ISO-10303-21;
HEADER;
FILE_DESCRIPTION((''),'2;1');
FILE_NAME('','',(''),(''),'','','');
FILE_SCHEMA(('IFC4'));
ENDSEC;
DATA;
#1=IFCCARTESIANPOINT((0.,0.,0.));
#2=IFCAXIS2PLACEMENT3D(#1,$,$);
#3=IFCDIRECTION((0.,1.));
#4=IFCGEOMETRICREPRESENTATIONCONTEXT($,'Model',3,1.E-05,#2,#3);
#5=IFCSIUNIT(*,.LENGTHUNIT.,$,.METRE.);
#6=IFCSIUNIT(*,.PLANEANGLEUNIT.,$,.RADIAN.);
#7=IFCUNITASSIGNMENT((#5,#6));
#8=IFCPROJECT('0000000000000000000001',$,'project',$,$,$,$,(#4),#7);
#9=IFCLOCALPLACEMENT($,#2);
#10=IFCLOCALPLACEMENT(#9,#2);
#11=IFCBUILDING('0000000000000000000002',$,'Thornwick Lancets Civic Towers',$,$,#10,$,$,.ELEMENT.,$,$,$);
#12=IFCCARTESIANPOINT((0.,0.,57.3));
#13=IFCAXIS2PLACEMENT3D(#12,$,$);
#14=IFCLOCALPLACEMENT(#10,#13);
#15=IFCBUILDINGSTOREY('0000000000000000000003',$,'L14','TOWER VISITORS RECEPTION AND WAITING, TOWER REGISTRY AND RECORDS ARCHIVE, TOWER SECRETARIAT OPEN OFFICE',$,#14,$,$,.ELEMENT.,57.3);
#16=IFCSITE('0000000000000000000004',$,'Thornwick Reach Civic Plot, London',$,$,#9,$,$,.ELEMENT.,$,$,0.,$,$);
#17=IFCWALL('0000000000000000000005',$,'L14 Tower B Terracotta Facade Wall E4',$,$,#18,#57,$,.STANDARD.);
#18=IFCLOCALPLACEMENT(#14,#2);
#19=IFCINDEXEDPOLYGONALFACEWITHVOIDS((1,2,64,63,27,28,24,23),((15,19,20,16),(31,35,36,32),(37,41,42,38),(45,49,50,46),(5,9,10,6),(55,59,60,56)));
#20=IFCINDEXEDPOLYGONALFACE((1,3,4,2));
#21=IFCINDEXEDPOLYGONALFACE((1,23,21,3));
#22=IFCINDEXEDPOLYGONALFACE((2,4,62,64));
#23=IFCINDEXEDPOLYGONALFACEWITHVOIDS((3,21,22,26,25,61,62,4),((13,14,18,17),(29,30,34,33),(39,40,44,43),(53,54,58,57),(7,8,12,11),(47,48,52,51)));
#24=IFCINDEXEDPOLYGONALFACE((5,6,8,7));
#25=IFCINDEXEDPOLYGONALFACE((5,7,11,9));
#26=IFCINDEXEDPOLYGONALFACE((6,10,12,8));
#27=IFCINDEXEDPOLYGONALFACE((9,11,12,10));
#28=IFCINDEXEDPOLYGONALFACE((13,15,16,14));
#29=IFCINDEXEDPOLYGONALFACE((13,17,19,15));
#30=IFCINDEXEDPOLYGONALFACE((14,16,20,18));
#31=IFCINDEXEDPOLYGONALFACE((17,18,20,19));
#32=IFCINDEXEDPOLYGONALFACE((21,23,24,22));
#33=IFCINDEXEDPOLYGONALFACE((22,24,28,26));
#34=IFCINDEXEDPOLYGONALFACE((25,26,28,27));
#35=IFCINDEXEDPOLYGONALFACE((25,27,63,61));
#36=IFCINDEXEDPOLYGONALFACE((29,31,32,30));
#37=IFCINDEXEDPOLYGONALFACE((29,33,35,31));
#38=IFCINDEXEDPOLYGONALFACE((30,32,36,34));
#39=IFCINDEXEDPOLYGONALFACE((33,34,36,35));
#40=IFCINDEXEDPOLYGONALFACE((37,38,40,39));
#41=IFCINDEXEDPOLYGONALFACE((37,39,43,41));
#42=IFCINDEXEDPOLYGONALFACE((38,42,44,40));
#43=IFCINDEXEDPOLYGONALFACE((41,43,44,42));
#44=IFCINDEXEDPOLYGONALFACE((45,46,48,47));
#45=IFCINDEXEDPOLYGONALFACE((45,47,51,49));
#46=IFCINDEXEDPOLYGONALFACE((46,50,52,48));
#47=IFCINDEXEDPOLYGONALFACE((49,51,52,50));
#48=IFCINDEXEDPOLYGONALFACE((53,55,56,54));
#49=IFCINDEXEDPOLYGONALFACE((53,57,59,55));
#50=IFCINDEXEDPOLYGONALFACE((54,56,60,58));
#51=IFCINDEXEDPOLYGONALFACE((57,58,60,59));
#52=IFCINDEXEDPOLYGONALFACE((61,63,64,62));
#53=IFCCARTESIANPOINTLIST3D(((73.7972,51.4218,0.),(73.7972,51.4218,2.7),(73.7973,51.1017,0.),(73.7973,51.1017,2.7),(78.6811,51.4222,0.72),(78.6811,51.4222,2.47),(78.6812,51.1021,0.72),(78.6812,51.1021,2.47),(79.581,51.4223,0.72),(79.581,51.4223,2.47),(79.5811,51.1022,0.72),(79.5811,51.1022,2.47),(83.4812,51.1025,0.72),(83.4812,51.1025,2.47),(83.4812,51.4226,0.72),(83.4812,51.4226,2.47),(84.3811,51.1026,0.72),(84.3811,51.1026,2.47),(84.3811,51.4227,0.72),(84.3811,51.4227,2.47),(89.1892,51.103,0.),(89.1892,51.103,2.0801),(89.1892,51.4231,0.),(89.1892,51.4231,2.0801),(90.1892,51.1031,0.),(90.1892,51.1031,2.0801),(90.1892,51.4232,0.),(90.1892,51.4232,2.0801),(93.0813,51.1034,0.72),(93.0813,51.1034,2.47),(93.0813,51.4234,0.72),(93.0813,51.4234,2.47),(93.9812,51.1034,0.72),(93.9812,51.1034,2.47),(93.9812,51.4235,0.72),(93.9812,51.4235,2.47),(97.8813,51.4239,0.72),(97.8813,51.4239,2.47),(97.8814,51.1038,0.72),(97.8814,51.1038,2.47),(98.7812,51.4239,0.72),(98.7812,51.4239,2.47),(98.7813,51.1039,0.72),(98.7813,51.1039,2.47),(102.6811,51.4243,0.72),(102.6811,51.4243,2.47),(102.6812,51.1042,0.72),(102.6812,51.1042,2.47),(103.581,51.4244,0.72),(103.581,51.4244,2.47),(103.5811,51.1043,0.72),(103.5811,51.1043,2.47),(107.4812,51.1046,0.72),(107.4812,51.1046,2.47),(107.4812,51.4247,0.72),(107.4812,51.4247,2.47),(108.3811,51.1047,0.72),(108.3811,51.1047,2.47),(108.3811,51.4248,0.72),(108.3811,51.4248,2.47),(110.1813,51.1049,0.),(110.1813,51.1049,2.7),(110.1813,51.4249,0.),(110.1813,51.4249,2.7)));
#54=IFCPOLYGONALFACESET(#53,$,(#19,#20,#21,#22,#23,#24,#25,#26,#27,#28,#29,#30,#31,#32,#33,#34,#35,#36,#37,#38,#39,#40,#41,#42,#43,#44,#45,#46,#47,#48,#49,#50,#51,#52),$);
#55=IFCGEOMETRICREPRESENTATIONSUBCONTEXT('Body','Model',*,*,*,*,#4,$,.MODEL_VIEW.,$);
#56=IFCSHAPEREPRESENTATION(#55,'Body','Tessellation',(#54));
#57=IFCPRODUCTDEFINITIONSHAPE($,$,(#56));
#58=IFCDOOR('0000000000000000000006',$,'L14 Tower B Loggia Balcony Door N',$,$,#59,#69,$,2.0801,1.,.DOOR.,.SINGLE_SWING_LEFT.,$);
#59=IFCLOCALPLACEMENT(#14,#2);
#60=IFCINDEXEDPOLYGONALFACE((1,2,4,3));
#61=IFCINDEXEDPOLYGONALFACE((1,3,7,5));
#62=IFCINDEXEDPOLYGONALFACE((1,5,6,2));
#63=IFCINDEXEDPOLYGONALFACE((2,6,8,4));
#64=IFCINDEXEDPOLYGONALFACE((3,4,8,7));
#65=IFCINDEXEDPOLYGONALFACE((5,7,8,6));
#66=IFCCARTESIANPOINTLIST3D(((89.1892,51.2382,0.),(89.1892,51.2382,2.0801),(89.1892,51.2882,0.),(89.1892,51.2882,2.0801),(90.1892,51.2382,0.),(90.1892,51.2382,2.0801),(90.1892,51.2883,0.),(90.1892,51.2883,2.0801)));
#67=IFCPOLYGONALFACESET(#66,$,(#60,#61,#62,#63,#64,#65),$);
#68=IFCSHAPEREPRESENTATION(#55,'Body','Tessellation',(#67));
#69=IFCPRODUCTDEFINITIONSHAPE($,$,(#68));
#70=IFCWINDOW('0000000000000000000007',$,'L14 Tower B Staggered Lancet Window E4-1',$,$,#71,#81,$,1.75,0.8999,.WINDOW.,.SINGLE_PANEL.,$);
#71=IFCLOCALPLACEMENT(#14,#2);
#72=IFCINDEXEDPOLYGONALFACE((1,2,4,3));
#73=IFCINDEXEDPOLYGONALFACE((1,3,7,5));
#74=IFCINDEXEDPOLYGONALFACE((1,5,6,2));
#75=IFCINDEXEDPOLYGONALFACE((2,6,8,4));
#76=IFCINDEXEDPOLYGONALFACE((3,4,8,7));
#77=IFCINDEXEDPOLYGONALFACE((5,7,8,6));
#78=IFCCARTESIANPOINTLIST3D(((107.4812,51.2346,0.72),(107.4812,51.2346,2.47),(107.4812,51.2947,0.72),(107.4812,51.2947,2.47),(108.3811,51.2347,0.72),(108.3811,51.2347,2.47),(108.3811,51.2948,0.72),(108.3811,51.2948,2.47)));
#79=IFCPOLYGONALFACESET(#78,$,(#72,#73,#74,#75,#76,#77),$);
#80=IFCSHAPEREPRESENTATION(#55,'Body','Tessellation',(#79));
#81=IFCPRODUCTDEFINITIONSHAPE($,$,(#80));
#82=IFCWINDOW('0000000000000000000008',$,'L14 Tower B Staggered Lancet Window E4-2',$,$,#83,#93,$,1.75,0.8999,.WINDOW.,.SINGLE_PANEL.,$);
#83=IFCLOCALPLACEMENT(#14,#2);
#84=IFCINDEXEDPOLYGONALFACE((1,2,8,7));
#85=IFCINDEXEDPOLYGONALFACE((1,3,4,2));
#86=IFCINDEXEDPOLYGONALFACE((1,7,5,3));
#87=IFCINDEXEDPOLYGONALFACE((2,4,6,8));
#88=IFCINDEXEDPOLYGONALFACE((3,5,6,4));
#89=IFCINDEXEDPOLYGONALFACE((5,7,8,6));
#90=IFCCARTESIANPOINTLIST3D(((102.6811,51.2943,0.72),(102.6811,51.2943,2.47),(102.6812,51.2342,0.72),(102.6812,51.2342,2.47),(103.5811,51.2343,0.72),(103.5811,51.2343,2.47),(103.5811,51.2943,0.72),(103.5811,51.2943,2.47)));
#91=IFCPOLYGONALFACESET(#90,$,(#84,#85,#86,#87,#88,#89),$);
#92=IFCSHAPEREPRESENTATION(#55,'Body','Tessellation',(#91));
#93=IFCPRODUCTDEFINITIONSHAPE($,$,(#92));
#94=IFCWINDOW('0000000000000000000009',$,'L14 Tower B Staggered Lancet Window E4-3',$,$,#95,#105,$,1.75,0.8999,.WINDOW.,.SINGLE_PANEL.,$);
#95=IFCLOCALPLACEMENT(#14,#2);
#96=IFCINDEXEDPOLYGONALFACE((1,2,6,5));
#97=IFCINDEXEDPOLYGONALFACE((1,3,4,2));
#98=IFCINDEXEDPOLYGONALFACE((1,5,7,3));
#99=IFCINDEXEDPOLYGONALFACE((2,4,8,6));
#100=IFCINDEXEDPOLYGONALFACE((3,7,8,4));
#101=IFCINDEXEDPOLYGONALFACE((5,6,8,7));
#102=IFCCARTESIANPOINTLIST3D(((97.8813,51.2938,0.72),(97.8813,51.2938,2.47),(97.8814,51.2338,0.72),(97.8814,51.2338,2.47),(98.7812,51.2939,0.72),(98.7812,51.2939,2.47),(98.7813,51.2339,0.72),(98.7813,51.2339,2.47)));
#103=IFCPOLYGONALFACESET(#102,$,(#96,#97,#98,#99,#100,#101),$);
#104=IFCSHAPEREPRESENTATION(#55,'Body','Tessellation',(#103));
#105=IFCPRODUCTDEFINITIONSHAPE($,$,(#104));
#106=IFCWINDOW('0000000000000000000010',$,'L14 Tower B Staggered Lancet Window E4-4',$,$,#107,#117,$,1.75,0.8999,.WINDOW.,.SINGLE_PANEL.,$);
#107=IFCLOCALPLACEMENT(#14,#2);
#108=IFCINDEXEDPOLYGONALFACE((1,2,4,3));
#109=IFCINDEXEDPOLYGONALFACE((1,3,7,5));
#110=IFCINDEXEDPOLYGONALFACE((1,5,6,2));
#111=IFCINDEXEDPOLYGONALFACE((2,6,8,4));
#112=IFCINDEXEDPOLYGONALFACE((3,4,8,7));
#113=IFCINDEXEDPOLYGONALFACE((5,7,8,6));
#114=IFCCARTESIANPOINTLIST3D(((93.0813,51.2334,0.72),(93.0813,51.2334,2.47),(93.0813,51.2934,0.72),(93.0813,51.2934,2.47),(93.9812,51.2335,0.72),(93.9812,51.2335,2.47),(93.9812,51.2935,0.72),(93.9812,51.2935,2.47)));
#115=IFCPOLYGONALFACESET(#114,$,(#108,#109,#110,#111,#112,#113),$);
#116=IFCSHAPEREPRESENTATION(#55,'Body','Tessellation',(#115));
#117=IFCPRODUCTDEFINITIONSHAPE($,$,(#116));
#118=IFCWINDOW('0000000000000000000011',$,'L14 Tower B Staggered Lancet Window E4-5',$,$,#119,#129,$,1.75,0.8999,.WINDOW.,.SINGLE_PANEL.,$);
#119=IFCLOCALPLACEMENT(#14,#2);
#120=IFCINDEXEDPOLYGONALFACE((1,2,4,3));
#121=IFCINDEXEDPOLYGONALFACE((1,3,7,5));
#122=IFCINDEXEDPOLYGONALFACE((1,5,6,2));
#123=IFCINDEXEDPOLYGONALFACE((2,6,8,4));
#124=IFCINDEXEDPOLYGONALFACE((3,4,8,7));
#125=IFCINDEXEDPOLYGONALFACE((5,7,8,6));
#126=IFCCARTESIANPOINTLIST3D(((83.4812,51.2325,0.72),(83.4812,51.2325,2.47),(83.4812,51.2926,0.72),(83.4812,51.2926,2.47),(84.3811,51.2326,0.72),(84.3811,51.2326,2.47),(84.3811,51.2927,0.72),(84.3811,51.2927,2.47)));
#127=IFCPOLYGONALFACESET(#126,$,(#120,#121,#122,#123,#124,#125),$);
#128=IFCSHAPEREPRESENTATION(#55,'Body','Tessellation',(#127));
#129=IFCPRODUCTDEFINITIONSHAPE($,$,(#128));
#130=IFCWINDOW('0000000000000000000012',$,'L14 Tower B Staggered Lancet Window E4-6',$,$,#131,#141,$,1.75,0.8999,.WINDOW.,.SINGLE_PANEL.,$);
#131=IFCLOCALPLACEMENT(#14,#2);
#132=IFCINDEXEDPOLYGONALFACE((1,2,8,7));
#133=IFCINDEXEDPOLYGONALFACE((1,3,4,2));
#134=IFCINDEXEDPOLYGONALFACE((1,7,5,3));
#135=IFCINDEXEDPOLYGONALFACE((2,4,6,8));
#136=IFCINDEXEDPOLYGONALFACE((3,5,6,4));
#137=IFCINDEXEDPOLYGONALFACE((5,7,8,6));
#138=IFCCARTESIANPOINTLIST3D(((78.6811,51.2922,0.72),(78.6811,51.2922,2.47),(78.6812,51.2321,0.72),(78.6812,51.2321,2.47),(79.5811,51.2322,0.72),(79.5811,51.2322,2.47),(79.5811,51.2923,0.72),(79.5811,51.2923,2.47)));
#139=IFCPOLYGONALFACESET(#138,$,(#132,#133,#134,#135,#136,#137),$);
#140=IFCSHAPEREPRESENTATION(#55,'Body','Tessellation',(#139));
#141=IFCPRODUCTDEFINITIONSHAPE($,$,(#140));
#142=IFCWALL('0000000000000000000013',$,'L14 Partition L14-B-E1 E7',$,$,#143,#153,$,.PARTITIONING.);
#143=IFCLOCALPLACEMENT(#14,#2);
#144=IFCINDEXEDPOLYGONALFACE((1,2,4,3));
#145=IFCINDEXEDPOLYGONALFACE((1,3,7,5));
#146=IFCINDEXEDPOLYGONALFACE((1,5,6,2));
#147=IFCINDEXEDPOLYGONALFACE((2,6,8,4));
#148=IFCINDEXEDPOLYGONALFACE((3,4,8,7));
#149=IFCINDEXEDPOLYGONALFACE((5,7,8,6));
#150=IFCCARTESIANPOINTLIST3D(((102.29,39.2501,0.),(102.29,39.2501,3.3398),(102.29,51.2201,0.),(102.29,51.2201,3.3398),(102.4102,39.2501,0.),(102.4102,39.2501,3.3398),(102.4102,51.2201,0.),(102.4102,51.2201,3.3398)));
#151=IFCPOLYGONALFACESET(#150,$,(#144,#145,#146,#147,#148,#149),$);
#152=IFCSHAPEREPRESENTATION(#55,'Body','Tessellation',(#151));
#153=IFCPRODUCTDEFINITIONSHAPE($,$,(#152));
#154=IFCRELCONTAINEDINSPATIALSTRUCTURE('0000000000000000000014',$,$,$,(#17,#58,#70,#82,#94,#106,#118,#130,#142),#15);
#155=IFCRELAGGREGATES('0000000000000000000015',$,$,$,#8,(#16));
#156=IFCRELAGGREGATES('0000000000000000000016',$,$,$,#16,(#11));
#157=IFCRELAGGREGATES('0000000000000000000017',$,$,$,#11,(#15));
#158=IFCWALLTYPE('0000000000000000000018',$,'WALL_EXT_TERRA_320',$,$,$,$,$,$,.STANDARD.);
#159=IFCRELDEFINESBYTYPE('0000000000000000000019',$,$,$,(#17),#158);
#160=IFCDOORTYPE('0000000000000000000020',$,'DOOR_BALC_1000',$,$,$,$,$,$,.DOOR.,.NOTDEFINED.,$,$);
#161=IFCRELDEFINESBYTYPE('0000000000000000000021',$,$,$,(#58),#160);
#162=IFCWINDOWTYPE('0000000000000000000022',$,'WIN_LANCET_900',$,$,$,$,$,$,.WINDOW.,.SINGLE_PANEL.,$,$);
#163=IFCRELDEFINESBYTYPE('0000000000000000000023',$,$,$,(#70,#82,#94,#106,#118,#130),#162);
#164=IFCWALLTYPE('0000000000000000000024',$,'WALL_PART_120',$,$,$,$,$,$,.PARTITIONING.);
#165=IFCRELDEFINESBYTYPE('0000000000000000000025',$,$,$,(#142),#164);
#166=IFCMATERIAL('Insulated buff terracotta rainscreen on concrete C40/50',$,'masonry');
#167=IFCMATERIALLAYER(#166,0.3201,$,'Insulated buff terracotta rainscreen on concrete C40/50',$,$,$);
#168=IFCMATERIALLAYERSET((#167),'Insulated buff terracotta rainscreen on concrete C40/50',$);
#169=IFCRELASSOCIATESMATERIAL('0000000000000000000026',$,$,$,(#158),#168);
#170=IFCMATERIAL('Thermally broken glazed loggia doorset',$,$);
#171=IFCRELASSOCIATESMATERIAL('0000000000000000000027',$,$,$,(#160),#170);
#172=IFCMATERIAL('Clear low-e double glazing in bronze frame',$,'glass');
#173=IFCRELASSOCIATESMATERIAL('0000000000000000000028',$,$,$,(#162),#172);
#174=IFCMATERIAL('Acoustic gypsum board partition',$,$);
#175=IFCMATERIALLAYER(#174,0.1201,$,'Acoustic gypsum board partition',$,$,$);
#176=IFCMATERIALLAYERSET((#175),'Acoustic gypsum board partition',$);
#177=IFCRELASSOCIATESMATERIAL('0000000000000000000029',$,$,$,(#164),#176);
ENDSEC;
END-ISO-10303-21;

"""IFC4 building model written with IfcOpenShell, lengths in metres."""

from ifc_helpers import new_model, si_unit, direction, frame, frame_2d, origin, place, context, subcontext, project, spatial, rectangle, extrude, material, layer, layer_set, type_object, element, fill, save


model = new_model("IFC4")

# Units and contexts
model_context = context("Model", 3, precision=1e-05, world=origin(), true_north=direction((0.0, 1.0)))
body_context = subcontext(model_context, "Body", "Model", "MODEL_VIEW")
ifc_project = project(units=[si_unit("LENGTHUNIT", "METRE"), si_unit("PLANEANGLEUNIT", "RADIAN")], contexts=[model_context])

# Site, building, storey
site_placement = place(None, origin())
site = spatial("IfcSite", under=ifc_project, at=site_placement, Name="Thornwick Reach Civic Plot, London", CompositionType="ELEMENT", RefElevation=0.0)
building_placement = place(site_placement, origin())
building = spatial("IfcBuilding", under=site, at=building_placement, Name="Thornwick Lancets Civic Towers", CompositionType="ELEMENT")
storey_placement = place(building_placement, frame((0.0, 0.0, 57.3)))
storey = spatial("IfcBuildingStorey", under=building, at=storey_placement, Name="L14", Description="TOWER VISITORS RECEPTION AND WAITING, TOWER REGISTRY AND RECORDS ARCHIVE, TOWER SECRETARIAT OPEN OFFICE", CompositionType="ELEMENT", Elevation=57.3)

# Wall, openings, door, windows
ifc_material_1 = material(Name="Insulated buff terracotta rainscreen on concrete C40/50", Category="masonry")
ifc_layer_1 = layer(ifc_material_1, 0.3201, Name="Insulated buff terracotta rainscreen on concrete C40/50")
ifc_layer_set_1 = layer_set([ifc_layer_1], Name="Insulated buff terracotta rainscreen on concrete C40/50")
wall_type_1 = type_object("IfcWallType", Name="WALL_EXT_TERRA_320", PredefinedType="STANDARD", material=ifc_layer_set_1)
wall_1_placement = place(storey_placement, frame((110.1812, 51.2649, 0.0), z_axis=(0.0, 0.0, 1.0), x_axis=(-1.0, -0.000087, 0.0)))
wall_1 = element("IfcWall", 1, at=wall_1_placement, inside=storey, type_object=wall_type_1, Name="L14 Tower B Terracotta Facade Wall E4", PredefinedType="STANDARD", context=body_context, shape_type="SweptSolid", body=[
    extrude(rectangle(XDim=36.384, YDim=0.3201, at=frame_2d((18.1919, 0.0))), origin(), (0.0, 0.0, 1.0), 2.7),
])
opening_1_placement = place(wall_1_placement, frame((19.9919, 0.0, 0.0)))
opening_1 = element("IfcOpeningElement", 2, at=opening_1_placement, cuts=wall_1, PredefinedType="OPENING", context=body_context, shape_type="SweptSolid", body=[
    extrude(rectangle(XDim=1.0, YDim=2.0801, at=frame_2d((0.5, 1.04))), frame((0.0, 0.1699, 0.0), z_axis=(0.0, -1.0, 0.0), x_axis=(1.0, 0.0, 0.0)), (0.0, 0.0, 1.0), 0.3401),
])
opening_2_placement = place(wall_1_placement, frame((1.8, 0.0, 0.72)))
opening_2 = element("IfcOpeningElement", 3, at=opening_2_placement, cuts=wall_1, PredefinedType="OPENING", context=body_context, shape_type="SweptSolid", body=[
    extrude(rectangle(XDim=0.8999, YDim=1.75, at=frame_2d((0.45, 0.875))), frame((0.0, 0.1699, 0.0), z_axis=(0.0, -1.0, 0.0), x_axis=(1.0, 0.0, 0.0)), (0.0, 0.0, 1.0), 0.3401),
])
opening_3_placement = place(wall_1_placement, frame((6.6001, 0.0, 0.72)))
opening_3 = element("IfcOpeningElement", 4, at=opening_3_placement, cuts=wall_1, PredefinedType="OPENING", context=body_context, shape_type="SweptSolid", body=[
    extrude(rectangle(XDim=0.8999, YDim=1.75, at=frame_2d((0.45, 0.875))), frame((0.0, 0.1699, 0.0), z_axis=(0.0, -1.0, 0.0), x_axis=(1.0, 0.0, 0.0)), (0.0, 0.0, 1.0), 0.3401),
])
opening_4_placement = place(wall_1_placement, frame((11.3999, 0.0, 0.72)))
opening_4 = element("IfcOpeningElement", 5, at=opening_4_placement, cuts=wall_1, PredefinedType="OPENING", context=body_context, shape_type="SweptSolid", body=[
    extrude(rectangle(XDim=0.8999, YDim=1.75, at=frame_2d((0.45, 0.875))), frame((0.0, 0.1699, 0.0), z_axis=(0.0, -1.0, 0.0), x_axis=(1.0, 0.0, 0.0)), (0.0, 0.0, 1.0), 0.3401),
])
opening_5_placement = place(wall_1_placement, frame((16.2, 0.0, 0.72)))
opening_5 = element("IfcOpeningElement", 6, at=opening_5_placement, cuts=wall_1, PredefinedType="OPENING", context=body_context, shape_type="SweptSolid", body=[
    extrude(rectangle(XDim=0.8999, YDim=1.75, at=frame_2d((0.45, 0.875))), frame((0.0, 0.1699, 0.0), z_axis=(0.0, -1.0, 0.0), x_axis=(1.0, 0.0, 0.0)), (0.0, 0.0, 1.0), 0.3401),
])
opening_6_placement = place(wall_1_placement, frame((25.8, 0.0, 0.72)))
opening_6 = element("IfcOpeningElement", 7, at=opening_6_placement, cuts=wall_1, PredefinedType="OPENING", context=body_context, shape_type="SweptSolid", body=[
    extrude(rectangle(XDim=0.8999, YDim=1.75, at=frame_2d((0.45, 0.875))), frame((0.0, 0.1699, 0.0), z_axis=(0.0, -1.0, 0.0), x_axis=(1.0, 0.0, 0.0)), (0.0, 0.0, 1.0), 0.3401),
])
opening_7_placement = place(wall_1_placement, frame((30.6001, 0.0, 0.72)))
opening_7 = element("IfcOpeningElement", 8, at=opening_7_placement, cuts=wall_1, PredefinedType="OPENING", context=body_context, shape_type="SweptSolid", body=[
    extrude(rectangle(XDim=0.8999, YDim=1.75, at=frame_2d((0.45, 0.875))), frame((0.0, 0.1699, 0.0), z_axis=(0.0, -1.0, 0.0), x_axis=(1.0, 0.0, 0.0)), (0.0, 0.0, 1.0), 0.3401),
])
ifc_material_2 = material(Name="Thermally broken glazed loggia doorset")
door_type = type_object("IfcDoorType", Name="DOOR_BALC_1000", OperationType="NOTDEFINED", PredefinedType="DOOR", material=ifc_material_2)
door_placement = place(opening_1_placement, origin())
door = element("IfcDoor", 9, at=door_placement, inside=storey, type_object=door_type, Name="L14 Tower B Loggia Balcony Door N", OperationType="SINGLE_SWING_LEFT", OverallHeight=2.0801, OverallWidth=1.0, PredefinedType="DOOR", context=body_context, shape_type="SweptSolid", body=[
    extrude(rectangle(XDim=1.0, YDim=2.0801, at=frame_2d((0.5, 1.04))), frame((0.0, 0.0249, 0.0), z_axis=(0.0, -1.0, 0.0), x_axis=(1.0, 0.0, 0.0)), (0.0, 0.0, 1.0), 0.05),
])
fill(opening_1, door)
ifc_material_3 = material(Name="Clear low-e double glazing in bronze frame", Category="glass")
window_type = type_object("IfcWindowType", Name="WIN_LANCET_900", PartitioningType="SINGLE_PANEL", PredefinedType="WINDOW", material=ifc_material_3)
window_1_placement = place(opening_2_placement, origin())
window_1 = element("IfcWindow", 10, at=window_1_placement, inside=storey, type_object=window_type, Name="L14 Tower B Staggered Lancet Window E4-1", OverallHeight=1.75, OverallWidth=0.8999, PartitioningType="SINGLE_PANEL", PredefinedType="WINDOW", context=body_context, shape_type="SweptSolid", body=[
    extrude(rectangle(XDim=0.8999, YDim=1.75, at=frame_2d((0.45, 0.875))), frame((0.0, 0.03, 0.0), z_axis=(0.0, -1.0, 0.0), x_axis=(1.0, 0.0, 0.0)), (0.0, 0.0, 1.0), 0.0601),
])
fill(opening_2, window_1)
window_2_placement = place(opening_3_placement, origin())
window_2 = element("IfcWindow", 11, at=window_2_placement, inside=storey, type_object=window_type, Name="L14 Tower B Staggered Lancet Window E4-2", OverallHeight=1.75, OverallWidth=0.8999, PartitioningType="SINGLE_PANEL", PredefinedType="WINDOW", context=body_context, shape_type="SweptSolid", body=[
    extrude(rectangle(XDim=0.8999, YDim=1.75, at=frame_2d((0.45, 0.875))), frame((0.0, 0.03, 0.0), z_axis=(0.0, -1.0, 0.0), x_axis=(1.0, 0.0, 0.0)), (0.0, 0.0, 1.0), 0.0601),
])
fill(opening_3, window_2)
window_3_placement = place(opening_4_placement, origin())
window_3 = element("IfcWindow", 12, at=window_3_placement, inside=storey, type_object=window_type, Name="L14 Tower B Staggered Lancet Window E4-3", OverallHeight=1.75, OverallWidth=0.8999, PartitioningType="SINGLE_PANEL", PredefinedType="WINDOW", context=body_context, shape_type="SweptSolid", body=[
    extrude(rectangle(XDim=0.8999, YDim=1.75, at=frame_2d((0.45, 0.875))), frame((0.0, 0.03, 0.0), z_axis=(0.0, -1.0, 0.0), x_axis=(1.0, 0.0, 0.0)), (0.0, 0.0, 1.0), 0.0601),
])
fill(opening_4, window_3)
window_4_placement = place(opening_5_placement, origin())
window_4 = element("IfcWindow", 13, at=window_4_placement, inside=storey, type_object=window_type, Name="L14 Tower B Staggered Lancet Window E4-4", OverallHeight=1.75, OverallWidth=0.8999, PartitioningType="SINGLE_PANEL", PredefinedType="WINDOW", context=body_context, shape_type="SweptSolid", body=[
    extrude(rectangle(XDim=0.8999, YDim=1.75, at=frame_2d((0.45, 0.875))), frame((0.0, 0.03, 0.0), z_axis=(0.0, -1.0, 0.0), x_axis=(1.0, 0.0, 0.0)), (0.0, 0.0, 1.0), 0.0601),
])
fill(opening_5, window_4)
window_5_placement = place(opening_6_placement, origin())
window_5 = element("IfcWindow", 14, at=window_5_placement, inside=storey, type_object=window_type, Name="L14 Tower B Staggered Lancet Window E4-5", OverallHeight=1.75, OverallWidth=0.8999, PartitioningType="SINGLE_PANEL", PredefinedType="WINDOW", context=body_context, shape_type="SweptSolid", body=[
    extrude(rectangle(XDim=0.8999, YDim=1.75, at=frame_2d((0.45, 0.875))), frame((0.0, 0.03, 0.0), z_axis=(0.0, -1.0, 0.0), x_axis=(1.0, 0.0, 0.0)), (0.0, 0.0, 1.0), 0.0601),
])
fill(opening_6, window_5)
window_6_placement = place(opening_7_placement, origin())
window_6 = element("IfcWindow", 15, at=window_6_placement, inside=storey, type_object=window_type, Name="L14 Tower B Staggered Lancet Window E4-6", OverallHeight=1.75, OverallWidth=0.8999, PartitioningType="SINGLE_PANEL", PredefinedType="WINDOW", context=body_context, shape_type="SweptSolid", body=[
    extrude(rectangle(XDim=0.8999, YDim=1.75, at=frame_2d((0.45, 0.875))), frame((0.0, 0.03, 0.0), z_axis=(0.0, -1.0, 0.0), x_axis=(1.0, 0.0, 0.0)), (0.0, 0.0, 1.0), 0.0601),
])
fill(opening_7, window_6)

# Wall
ifc_material_4 = material(Name="Acoustic gypsum board partition")
ifc_layer_2 = layer(ifc_material_4, 0.1201, Name="Acoustic gypsum board partition")
ifc_layer_set_2 = layer_set([ifc_layer_2], Name="Acoustic gypsum board partition")
wall_type_2 = type_object("IfcWallType", Name="WALL_PART_120", PredefinedType="PARTITIONING", material=ifc_layer_set_2)
wall_2_placement = place(storey_placement, frame((102.3501, 51.22, 0.0), z_axis=(0.0, 0.0, 1.0), x_axis=(0.0, -1.0, 0.0)))
element("IfcWall", 16, at=wall_2_placement, inside=storey, type_object=wall_type_2, Name="L14 Partition L14-B-E1 E7", PredefinedType="PARTITIONING", context=body_context, shape_type="SweptSolid", body=[
    extrude(rectangle(XDim=11.97, YDim=0.1201, at=frame_2d((5.9849, 0.0))), origin(), (0.0, 0.0, 1.0), 3.3398),
])

save(model, "model.ifc")
